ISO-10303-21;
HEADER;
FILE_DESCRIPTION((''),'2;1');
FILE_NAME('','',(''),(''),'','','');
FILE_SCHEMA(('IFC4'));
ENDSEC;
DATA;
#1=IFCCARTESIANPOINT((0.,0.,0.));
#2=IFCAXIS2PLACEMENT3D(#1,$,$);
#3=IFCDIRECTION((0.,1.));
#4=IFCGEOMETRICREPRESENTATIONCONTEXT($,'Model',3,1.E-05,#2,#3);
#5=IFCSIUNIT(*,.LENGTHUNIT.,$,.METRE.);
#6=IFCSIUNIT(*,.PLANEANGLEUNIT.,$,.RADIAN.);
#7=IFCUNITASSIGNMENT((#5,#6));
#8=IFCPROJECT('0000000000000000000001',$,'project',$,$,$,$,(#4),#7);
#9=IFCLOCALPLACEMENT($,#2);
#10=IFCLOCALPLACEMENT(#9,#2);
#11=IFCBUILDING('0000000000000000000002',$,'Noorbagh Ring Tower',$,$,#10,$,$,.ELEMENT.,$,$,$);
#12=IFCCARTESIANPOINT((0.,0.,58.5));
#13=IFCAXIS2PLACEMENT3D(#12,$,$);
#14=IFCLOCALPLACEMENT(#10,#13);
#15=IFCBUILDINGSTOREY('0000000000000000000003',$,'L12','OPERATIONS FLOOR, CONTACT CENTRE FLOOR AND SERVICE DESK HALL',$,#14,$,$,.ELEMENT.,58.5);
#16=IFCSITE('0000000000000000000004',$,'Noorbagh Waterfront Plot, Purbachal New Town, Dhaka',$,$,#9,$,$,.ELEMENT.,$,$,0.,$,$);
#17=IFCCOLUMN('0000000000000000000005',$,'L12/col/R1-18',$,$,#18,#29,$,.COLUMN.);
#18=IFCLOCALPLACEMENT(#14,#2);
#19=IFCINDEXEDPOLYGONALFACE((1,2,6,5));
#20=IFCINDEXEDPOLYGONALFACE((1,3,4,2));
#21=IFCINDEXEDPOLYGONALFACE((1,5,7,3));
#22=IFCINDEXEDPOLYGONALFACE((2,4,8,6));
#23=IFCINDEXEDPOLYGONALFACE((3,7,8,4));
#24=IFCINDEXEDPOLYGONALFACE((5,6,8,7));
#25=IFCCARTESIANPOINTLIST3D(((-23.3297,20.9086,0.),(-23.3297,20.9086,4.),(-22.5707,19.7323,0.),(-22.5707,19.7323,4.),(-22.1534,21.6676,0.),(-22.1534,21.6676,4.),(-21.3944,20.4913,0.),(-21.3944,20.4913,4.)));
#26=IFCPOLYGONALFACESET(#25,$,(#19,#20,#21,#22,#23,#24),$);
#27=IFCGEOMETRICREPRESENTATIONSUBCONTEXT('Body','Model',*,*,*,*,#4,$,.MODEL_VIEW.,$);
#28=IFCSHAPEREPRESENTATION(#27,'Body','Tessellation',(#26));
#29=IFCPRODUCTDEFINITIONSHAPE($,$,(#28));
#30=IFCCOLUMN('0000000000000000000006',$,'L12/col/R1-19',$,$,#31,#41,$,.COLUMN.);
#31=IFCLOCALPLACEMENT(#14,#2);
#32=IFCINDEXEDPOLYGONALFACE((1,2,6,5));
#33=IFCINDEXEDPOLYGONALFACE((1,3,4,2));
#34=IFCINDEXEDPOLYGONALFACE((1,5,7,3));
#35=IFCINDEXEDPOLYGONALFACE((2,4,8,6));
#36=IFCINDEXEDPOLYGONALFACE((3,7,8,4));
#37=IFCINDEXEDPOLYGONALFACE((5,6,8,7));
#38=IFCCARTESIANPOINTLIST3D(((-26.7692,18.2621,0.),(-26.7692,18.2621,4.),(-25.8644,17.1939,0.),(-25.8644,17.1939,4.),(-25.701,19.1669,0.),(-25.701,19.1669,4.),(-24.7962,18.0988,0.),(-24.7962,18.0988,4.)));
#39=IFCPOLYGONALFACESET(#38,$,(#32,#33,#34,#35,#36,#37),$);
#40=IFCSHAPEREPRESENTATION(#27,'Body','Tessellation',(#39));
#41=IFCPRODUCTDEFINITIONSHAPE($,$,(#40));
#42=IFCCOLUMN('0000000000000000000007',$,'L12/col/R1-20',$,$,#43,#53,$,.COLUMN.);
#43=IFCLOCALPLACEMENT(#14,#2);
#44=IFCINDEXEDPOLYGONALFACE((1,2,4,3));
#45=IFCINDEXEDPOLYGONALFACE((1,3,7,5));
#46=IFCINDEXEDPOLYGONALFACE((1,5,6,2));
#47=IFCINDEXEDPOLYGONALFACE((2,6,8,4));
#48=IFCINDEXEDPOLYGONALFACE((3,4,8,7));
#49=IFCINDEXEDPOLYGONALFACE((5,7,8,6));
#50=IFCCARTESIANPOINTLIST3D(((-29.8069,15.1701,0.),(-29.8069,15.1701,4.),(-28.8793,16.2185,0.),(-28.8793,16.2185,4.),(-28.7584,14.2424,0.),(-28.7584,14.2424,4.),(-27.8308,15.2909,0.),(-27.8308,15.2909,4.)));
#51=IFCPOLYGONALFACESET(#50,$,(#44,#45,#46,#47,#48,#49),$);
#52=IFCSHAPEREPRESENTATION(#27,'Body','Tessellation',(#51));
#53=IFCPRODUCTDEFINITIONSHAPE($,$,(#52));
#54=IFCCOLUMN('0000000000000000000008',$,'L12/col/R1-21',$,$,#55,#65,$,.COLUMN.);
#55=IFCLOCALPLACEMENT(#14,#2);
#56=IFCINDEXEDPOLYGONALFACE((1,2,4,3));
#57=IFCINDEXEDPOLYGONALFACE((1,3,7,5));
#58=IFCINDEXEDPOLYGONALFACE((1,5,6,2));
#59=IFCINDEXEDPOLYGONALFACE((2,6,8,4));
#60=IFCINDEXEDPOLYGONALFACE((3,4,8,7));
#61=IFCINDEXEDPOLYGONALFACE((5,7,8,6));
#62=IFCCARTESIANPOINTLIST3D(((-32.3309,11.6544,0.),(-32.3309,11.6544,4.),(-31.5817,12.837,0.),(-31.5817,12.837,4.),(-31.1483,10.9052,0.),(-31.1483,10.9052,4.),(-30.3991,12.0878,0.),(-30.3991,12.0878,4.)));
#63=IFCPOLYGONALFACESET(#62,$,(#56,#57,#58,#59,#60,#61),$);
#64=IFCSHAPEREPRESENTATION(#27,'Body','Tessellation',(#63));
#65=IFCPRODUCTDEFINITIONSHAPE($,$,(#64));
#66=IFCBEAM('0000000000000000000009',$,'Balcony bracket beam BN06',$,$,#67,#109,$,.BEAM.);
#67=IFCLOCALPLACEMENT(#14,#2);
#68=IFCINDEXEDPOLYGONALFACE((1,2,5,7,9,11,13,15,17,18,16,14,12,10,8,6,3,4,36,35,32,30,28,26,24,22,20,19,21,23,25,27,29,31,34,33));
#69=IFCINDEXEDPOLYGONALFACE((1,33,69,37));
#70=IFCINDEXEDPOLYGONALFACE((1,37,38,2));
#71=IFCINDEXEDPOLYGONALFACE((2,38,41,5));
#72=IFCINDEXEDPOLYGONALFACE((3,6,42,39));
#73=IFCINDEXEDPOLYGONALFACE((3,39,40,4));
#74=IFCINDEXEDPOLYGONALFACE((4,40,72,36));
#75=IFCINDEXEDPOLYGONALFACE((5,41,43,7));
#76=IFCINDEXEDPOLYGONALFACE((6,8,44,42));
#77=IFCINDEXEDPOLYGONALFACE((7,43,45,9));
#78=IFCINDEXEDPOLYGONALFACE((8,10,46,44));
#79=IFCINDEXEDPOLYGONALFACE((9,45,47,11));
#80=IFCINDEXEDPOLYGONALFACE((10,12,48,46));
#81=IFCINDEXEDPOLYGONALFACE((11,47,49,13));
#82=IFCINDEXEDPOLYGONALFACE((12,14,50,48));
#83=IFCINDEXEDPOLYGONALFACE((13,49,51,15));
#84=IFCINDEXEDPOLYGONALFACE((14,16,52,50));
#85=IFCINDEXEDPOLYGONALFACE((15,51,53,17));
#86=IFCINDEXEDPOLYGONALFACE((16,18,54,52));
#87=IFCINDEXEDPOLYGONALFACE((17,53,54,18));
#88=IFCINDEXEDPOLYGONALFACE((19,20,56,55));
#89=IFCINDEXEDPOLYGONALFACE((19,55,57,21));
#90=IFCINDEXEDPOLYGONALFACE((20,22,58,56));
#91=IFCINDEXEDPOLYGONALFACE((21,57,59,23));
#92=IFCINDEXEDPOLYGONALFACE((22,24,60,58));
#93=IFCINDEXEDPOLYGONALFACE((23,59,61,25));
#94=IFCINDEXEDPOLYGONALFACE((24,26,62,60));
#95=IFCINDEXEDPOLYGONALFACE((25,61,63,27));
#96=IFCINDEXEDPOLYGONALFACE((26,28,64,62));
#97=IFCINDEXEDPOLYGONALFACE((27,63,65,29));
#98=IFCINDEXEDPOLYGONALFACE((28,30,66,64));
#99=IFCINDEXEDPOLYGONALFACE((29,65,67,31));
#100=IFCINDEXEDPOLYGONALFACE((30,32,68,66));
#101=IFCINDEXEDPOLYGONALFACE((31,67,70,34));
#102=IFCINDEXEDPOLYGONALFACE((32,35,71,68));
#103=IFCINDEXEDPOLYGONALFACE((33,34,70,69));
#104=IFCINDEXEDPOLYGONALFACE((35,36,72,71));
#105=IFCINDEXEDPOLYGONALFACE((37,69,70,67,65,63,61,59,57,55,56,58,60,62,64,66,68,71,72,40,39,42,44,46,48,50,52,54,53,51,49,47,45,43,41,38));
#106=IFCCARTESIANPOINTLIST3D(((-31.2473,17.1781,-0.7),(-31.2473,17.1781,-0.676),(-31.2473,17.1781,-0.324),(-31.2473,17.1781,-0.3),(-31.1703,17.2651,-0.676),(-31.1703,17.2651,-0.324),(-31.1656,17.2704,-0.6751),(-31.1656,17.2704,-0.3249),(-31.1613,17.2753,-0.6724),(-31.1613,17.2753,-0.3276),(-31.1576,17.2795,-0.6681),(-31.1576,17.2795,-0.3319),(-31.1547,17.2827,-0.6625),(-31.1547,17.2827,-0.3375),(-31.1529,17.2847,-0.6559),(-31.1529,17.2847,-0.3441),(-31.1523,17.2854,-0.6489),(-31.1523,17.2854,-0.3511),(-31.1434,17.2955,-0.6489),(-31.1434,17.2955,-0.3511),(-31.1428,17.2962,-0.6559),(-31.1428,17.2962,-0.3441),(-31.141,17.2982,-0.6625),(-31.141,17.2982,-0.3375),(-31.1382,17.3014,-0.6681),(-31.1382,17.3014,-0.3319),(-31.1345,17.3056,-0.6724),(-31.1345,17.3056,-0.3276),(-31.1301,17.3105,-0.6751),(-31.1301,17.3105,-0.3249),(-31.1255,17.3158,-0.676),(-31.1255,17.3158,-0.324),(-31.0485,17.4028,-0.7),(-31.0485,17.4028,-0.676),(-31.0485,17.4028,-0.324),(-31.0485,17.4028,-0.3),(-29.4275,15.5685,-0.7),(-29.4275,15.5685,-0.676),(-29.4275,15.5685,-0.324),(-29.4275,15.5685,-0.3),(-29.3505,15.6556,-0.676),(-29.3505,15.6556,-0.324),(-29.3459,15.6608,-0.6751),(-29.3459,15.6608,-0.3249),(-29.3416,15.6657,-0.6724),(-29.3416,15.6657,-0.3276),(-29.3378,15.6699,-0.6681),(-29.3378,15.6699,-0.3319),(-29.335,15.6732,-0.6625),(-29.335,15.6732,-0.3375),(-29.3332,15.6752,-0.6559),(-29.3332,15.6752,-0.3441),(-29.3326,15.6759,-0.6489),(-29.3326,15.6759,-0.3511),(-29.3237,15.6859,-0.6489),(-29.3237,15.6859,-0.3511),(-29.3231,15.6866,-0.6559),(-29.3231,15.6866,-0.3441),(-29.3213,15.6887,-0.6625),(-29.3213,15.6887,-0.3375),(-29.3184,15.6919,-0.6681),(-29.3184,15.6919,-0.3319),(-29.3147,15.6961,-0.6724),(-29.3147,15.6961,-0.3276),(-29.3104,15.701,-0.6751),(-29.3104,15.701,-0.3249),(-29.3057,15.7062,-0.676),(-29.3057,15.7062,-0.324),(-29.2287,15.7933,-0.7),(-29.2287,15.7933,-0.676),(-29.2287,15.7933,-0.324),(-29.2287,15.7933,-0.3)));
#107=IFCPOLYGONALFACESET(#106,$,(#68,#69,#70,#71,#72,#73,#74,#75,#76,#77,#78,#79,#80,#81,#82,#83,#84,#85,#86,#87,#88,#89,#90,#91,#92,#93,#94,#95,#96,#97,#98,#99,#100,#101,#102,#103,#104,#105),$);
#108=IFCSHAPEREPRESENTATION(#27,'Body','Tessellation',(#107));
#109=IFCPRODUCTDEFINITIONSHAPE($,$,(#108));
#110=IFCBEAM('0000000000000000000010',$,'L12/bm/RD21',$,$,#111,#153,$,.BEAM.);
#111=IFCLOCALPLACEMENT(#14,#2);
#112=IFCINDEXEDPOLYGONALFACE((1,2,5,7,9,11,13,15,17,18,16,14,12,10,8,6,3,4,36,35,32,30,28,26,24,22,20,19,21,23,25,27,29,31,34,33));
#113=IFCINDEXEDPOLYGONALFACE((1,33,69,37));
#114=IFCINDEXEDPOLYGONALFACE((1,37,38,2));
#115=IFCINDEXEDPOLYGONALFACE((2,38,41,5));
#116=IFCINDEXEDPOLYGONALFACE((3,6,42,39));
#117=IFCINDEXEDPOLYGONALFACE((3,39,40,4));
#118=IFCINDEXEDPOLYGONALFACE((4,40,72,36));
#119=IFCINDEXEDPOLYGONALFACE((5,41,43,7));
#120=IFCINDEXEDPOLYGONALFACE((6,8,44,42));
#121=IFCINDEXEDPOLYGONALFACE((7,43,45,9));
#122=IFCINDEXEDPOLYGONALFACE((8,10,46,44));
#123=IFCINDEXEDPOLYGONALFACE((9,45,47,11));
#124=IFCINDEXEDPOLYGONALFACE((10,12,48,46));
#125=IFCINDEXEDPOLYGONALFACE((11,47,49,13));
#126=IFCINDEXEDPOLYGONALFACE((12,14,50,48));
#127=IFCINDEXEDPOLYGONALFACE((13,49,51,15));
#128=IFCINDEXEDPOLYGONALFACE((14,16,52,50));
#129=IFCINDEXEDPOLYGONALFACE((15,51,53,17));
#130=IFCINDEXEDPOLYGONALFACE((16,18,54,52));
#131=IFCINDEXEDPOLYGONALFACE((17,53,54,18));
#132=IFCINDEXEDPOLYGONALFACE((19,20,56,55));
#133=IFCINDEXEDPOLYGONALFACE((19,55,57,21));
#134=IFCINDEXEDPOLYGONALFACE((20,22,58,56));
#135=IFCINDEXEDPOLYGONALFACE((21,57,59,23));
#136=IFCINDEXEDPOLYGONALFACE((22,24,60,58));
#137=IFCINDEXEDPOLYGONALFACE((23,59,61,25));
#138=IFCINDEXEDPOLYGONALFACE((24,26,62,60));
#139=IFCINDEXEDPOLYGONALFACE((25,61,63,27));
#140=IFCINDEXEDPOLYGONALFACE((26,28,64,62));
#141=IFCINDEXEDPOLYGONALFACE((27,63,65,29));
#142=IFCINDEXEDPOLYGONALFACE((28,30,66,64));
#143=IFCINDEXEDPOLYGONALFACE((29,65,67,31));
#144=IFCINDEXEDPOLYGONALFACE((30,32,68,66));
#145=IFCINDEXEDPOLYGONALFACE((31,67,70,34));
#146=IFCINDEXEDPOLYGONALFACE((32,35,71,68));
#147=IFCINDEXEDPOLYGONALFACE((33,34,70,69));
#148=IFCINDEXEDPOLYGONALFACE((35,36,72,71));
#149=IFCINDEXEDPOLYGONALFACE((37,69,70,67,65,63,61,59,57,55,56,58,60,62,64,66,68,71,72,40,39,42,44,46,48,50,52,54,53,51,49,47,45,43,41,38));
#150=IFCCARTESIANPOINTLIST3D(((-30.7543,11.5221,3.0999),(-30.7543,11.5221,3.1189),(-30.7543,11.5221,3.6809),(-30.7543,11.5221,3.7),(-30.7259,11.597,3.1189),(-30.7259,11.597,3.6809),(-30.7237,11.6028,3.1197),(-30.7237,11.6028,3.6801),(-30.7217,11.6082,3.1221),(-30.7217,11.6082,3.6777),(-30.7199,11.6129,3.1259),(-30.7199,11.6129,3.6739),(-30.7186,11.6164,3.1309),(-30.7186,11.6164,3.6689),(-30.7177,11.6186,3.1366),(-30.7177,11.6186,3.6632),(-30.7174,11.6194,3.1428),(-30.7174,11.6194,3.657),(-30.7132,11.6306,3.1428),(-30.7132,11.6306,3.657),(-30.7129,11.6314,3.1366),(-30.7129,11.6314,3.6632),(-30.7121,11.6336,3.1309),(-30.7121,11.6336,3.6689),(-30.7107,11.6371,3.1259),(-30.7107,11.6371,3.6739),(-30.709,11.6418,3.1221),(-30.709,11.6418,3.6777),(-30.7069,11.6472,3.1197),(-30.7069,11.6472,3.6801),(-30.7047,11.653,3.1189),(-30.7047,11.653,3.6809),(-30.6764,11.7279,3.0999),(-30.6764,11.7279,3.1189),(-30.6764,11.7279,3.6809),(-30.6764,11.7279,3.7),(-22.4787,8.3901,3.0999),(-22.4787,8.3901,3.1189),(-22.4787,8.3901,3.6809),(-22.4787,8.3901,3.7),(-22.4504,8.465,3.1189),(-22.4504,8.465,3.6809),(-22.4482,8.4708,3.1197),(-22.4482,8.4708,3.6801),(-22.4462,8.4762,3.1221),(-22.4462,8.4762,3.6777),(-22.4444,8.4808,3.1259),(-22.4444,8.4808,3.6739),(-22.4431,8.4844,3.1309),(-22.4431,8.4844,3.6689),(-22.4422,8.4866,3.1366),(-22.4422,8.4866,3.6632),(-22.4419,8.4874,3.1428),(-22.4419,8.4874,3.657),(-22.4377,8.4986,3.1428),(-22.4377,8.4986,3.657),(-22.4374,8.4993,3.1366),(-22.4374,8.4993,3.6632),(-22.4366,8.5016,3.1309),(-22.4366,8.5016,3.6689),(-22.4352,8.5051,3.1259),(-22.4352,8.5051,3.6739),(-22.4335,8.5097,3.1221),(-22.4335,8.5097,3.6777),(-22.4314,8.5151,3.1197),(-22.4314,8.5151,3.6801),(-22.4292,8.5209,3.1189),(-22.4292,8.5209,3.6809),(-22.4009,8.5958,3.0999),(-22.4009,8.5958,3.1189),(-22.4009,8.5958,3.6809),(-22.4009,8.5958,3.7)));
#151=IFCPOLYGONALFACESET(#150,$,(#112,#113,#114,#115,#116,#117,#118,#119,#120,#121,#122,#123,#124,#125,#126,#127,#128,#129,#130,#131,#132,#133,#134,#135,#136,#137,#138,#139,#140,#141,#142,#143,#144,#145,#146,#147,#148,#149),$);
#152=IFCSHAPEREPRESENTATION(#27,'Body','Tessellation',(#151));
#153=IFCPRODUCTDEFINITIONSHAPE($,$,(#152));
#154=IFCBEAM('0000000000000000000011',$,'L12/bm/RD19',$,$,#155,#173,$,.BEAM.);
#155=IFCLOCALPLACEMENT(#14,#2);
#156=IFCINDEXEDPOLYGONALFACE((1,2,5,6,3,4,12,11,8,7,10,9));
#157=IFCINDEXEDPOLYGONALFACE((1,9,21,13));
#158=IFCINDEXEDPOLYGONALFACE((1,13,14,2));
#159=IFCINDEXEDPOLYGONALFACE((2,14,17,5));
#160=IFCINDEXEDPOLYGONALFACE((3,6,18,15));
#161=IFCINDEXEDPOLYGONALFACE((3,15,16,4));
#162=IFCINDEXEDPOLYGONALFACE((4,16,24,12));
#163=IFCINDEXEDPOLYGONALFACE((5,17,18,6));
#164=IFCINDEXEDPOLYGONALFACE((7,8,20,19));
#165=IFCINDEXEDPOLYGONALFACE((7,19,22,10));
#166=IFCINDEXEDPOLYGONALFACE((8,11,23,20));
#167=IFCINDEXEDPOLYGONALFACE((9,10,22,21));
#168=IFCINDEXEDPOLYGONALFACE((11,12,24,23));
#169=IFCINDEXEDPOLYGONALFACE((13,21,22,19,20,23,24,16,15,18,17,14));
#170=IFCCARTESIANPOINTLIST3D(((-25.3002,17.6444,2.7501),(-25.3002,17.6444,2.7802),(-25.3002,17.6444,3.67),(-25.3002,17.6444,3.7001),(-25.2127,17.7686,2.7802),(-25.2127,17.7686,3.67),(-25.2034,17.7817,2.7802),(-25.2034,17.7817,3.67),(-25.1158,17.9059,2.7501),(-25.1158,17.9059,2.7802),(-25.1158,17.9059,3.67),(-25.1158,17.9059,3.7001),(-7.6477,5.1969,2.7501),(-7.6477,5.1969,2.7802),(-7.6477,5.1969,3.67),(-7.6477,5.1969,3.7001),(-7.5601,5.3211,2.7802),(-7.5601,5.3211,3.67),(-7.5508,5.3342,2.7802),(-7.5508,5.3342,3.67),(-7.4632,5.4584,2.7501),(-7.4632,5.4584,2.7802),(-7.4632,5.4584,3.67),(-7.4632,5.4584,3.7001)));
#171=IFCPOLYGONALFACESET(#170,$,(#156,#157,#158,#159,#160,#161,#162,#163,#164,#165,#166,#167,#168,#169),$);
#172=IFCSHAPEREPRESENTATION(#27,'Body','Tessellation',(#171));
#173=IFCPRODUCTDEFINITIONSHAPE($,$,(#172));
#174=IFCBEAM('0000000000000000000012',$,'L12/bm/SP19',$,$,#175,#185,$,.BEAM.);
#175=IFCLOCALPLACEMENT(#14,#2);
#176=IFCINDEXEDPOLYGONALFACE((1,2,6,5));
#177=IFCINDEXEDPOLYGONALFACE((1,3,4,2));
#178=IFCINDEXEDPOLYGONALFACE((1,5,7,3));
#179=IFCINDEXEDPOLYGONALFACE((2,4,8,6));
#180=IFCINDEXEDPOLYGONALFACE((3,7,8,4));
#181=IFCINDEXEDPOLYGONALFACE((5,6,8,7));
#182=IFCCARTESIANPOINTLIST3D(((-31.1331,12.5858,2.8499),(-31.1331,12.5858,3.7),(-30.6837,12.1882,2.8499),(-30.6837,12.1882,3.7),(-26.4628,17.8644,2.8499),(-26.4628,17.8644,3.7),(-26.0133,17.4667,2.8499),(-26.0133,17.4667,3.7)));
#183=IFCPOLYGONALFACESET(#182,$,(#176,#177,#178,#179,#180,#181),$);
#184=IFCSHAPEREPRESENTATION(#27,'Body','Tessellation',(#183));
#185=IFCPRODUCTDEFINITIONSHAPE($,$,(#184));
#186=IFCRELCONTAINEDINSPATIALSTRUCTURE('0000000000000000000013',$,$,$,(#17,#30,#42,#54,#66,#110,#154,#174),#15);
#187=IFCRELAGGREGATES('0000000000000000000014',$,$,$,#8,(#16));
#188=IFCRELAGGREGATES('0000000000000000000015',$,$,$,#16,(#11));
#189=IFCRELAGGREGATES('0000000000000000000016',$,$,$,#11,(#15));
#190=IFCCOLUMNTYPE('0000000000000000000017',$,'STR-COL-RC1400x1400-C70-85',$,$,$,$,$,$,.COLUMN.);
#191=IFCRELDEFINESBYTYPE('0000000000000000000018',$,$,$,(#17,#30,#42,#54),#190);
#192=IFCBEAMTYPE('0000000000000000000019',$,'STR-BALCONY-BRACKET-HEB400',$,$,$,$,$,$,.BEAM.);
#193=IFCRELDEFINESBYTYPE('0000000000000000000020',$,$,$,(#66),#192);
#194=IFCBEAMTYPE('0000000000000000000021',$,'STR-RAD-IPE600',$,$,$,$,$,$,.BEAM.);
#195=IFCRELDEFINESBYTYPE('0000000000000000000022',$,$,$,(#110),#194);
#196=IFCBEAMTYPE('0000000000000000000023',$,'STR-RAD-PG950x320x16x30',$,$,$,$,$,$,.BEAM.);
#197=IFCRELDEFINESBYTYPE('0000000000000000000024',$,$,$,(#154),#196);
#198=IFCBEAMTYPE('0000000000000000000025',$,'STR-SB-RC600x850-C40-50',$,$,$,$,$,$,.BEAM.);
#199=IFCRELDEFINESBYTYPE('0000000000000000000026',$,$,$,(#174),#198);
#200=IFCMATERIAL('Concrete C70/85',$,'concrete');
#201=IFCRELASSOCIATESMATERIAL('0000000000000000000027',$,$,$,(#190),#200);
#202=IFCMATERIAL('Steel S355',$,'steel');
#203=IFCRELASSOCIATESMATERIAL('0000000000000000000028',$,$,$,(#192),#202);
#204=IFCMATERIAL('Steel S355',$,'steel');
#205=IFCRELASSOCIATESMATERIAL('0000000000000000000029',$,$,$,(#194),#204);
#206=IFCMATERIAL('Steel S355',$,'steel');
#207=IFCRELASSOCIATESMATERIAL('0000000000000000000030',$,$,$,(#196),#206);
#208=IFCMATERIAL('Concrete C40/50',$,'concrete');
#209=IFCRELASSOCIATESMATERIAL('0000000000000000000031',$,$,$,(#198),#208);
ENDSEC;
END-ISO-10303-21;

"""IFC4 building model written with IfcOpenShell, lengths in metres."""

from ifc_helpers import new_model, si_unit, direction, frame, origin, origin_2d, place, context, subcontext, project, spatial, rectangle, i_section, extrude, material, material_profile, profile_set, type_object, element, save


model = new_model("IFC4")

# Units and contexts
model_context = context("Model", 3, precision=1e-05, world=origin(), true_north=direction((0.0, 1.0)))
body_context = subcontext(model_context, "Body", "Model", "MODEL_VIEW")
ifc_project = project(units=[si_unit("LENGTHUNIT", "METRE"), si_unit("PLANEANGLEUNIT", "RADIAN")], contexts=[model_context])

# Site, building, storey
site_placement = place(None, origin())
site = spatial("IfcSite", under=ifc_project, at=site_placement, Name="Noorbagh Waterfront Plot, Purbachal New Town, Dhaka", CompositionType="ELEMENT", RefElevation=0.0)
building_placement = place(site_placement, origin())
building = spatial("IfcBuilding", under=site, at=building_placement, Name="Noorbagh Ring Tower", CompositionType="ELEMENT")
storey_placement = place(building_placement, frame((0.0, 0.0, 58.5)))
storey = spatial("IfcBuildingStorey", under=building, at=storey_placement, Name="L12", Description="OPERATIONS FLOOR, CONTACT CENTRE FLOOR AND SERVICE DESK HALL", CompositionType="ELEMENT", Elevation=58.5)

# Columns
ifc_material_1 = material(Name="Concrete C70/85", Category="concrete")
ifc_material_profile_1 = material_profile(ifc_material_1, rectangle(XDim=1.3999, YDim=1.3999, at=origin_2d()), Name="RC1400x1400")
ifc_profile_set_1 = profile_set([ifc_material_profile_1], Name="Concrete C70/85")
column_type = type_object("IfcColumnType", Name="STR-COL-RC1400x1400-C70-85", PredefinedType="COLUMN", material=ifc_profile_set_1)
for number, where, z_axis, x_axis, name in (
    (1, (-22.3621, 20.7, 0.0), (0.0, 0.0, 1.0), (-0.840248, -0.542203, 0.0), "L12/col/R1-18"),
    (2, (-25.7827, 18.1804, 0.0), (0.0, 0.0, 1.0), (-0.763035, -0.646357, 0.0), "L12/col/R1-19"),
    (3, (-28.8188, 15.2305, 0.0), (0.0, 0.0, 1.0), (-0.662636, -0.748942, 0.0), "L12/col/R1-20"),
    (4, (-31.365, 11.8711, 0.0), (0.0, 0.0, 1.0), (-0.53519, -0.844731, 0.0), "L12/col/R1-21"),
):
    element("IfcColumn", number, at=place(storey_placement, frame(where, z_axis=z_axis, x_axis=x_axis)), inside=storey, type_object=column_type, Name=name, PredefinedType="COLUMN", context=body_context, shape_type="SweptSolid", body=[
        extrude(rectangle(XDim=1.3999, YDim=1.3999, at=origin_2d()), origin(), (0.0, 0.0, 1.0), 4.0),
    ])

# Beams
ifc_material_2 = material(Name="Steel S355", Category="steel")
ifc_material_profile_2 = material_profile(ifc_material_2, i_section(OverallWidth=0.3, OverallDepth=0.3999, WebThickness=0.0134, FlangeThickness=0.0239, FilletRadius=0.0271, at=origin_2d()), Name="HEB400")
ifc_profile_set_2 = profile_set([ifc_material_profile_2], Name="Steel S355")
beam_type_1 = type_object("IfcBeamType", Name="STR-BALCONY-BRACKET-HEB400", PredefinedType="BEAM", material=ifc_profile_set_2)
beam_1_placement = place(storey_placement, frame((-29.3281, 15.6809, -0.5), z_axis=(-0.749043, 0.662522, 0.0), x_axis=(-0.662522, -0.749043, 0.0)))
element("IfcBeam", 5, at=beam_1_placement, inside=storey, type_object=beam_type_1, Name="Balcony bracket beam BN06", PredefinedType="BEAM", context=body_context, shape_type="SweptSolid", body=[
    extrude(i_section(OverallWidth=0.3, OverallDepth=0.3999, WebThickness=0.0134, FlangeThickness=0.0239, FilletRadius=0.0271, at=origin_2d()), origin(), (0.0, 0.0, 1.0), 2.4294),
])
ifc_material_3 = material(Name="Steel S355", Category="steel")
ifc_material_profile_3 = material_profile(ifc_material_3, i_section(OverallWidth=0.22, OverallDepth=0.6001, WebThickness=0.012, FlangeThickness=0.019, FilletRadius=0.0239, at=origin_2d()), Name="IPE600")
ifc_profile_set_3 = profile_set([ifc_material_profile_3], Name="Steel S355")
beam_type_2 = type_object("IfcBeamType", Name="STR-RAD-IPE600", PredefinedType="BEAM", material=ifc_profile_set_3)
beam_2_placement = place(storey_placement, frame((-30.7153, 11.625, 3.3999), z_axis=(0.935258, -0.353967, 0.0), x_axis=(0.353967, 0.935258, 0.0)))
element("IfcBeam", 6, at=beam_2_placement, inside=storey, type_object=beam_type_2, Name="L12/bm/RD21", PredefinedType="BEAM", context=body_context, shape_type="SweptSolid", body=[
    extrude(i_section(OverallWidth=0.22, OverallDepth=0.6001, WebThickness=0.012, FlangeThickness=0.019, FilletRadius=0.0239, at=origin_2d()), origin(), (0.0, 0.0, 1.0), 8.8484),
])
ifc_material_4 = material(Name="Steel S355", Category="steel")
ifc_material_profile_4 = material_profile(ifc_material_4, i_section(OverallWidth=0.3201, OverallDepth=0.95, WebThickness=0.0161, FlangeThickness=0.03, at=origin_2d()), Name="PG950x320x16x30")
ifc_profile_set_4 = profile_set([ifc_material_profile_4], Name="Steel S355")
beam_type_3 = type_object("IfcBeamType", Name="STR-RAD-PG950x320x16x30", PredefinedType="BEAM", material=ifc_profile_set_4)
beam_3_placement = place(storey_placement, frame((-25.208, 17.7751, 3.2251), z_axis=(0.817254, -0.576277, 0.0), x_axis=(0.576277, 0.817254, 0.0)))
element("IfcBeam", 7, at=beam_3_placement, inside=storey, type_object=beam_type_3, Name="L12/bm/RD19", PredefinedType="BEAM", context=body_context, shape_type="SweptSolid", body=[
    extrude(i_section(OverallWidth=0.3201, OverallDepth=0.95, WebThickness=0.0161, FlangeThickness=0.03, at=origin_2d()), origin(), (0.0, 0.0, 1.0), 21.5999),
])
ifc_material_5 = material(Name="Concrete C40/50", Category="concrete")
ifc_material_profile_5 = material_profile(ifc_material_5, rectangle(XDim=0.6001, YDim=0.8501, at=origin_2d()), Name="RC600x850")
ifc_profile_set_5 = profile_set([ifc_material_profile_5], Name="Concrete C40/50")
beam_type_4 = type_object("IfcBeamType", Name="STR-SB-RC600x850-C40-50", PredefinedType="BEAM", material=ifc_profile_set_5)
beam_4_placement = place(storey_placement, frame((-26.238, 17.6655, 3.2749), z_axis=(-0.662646, -0.748932, 0.0), x_axis=(0.748932, -0.662646, 0.0)))
element("IfcBeam", 8, at=beam_4_placement, inside=storey, type_object=beam_type_4, Name="L12/bm/SP19", PredefinedType="BEAM", context=body_context, shape_type="SweptSolid", body=[
    extrude(rectangle(XDim=0.6001, YDim=0.8501, at=origin_2d()), origin(), (0.0, 0.0, 1.0), 7.0481),
])

save(model, "model.ifc")
